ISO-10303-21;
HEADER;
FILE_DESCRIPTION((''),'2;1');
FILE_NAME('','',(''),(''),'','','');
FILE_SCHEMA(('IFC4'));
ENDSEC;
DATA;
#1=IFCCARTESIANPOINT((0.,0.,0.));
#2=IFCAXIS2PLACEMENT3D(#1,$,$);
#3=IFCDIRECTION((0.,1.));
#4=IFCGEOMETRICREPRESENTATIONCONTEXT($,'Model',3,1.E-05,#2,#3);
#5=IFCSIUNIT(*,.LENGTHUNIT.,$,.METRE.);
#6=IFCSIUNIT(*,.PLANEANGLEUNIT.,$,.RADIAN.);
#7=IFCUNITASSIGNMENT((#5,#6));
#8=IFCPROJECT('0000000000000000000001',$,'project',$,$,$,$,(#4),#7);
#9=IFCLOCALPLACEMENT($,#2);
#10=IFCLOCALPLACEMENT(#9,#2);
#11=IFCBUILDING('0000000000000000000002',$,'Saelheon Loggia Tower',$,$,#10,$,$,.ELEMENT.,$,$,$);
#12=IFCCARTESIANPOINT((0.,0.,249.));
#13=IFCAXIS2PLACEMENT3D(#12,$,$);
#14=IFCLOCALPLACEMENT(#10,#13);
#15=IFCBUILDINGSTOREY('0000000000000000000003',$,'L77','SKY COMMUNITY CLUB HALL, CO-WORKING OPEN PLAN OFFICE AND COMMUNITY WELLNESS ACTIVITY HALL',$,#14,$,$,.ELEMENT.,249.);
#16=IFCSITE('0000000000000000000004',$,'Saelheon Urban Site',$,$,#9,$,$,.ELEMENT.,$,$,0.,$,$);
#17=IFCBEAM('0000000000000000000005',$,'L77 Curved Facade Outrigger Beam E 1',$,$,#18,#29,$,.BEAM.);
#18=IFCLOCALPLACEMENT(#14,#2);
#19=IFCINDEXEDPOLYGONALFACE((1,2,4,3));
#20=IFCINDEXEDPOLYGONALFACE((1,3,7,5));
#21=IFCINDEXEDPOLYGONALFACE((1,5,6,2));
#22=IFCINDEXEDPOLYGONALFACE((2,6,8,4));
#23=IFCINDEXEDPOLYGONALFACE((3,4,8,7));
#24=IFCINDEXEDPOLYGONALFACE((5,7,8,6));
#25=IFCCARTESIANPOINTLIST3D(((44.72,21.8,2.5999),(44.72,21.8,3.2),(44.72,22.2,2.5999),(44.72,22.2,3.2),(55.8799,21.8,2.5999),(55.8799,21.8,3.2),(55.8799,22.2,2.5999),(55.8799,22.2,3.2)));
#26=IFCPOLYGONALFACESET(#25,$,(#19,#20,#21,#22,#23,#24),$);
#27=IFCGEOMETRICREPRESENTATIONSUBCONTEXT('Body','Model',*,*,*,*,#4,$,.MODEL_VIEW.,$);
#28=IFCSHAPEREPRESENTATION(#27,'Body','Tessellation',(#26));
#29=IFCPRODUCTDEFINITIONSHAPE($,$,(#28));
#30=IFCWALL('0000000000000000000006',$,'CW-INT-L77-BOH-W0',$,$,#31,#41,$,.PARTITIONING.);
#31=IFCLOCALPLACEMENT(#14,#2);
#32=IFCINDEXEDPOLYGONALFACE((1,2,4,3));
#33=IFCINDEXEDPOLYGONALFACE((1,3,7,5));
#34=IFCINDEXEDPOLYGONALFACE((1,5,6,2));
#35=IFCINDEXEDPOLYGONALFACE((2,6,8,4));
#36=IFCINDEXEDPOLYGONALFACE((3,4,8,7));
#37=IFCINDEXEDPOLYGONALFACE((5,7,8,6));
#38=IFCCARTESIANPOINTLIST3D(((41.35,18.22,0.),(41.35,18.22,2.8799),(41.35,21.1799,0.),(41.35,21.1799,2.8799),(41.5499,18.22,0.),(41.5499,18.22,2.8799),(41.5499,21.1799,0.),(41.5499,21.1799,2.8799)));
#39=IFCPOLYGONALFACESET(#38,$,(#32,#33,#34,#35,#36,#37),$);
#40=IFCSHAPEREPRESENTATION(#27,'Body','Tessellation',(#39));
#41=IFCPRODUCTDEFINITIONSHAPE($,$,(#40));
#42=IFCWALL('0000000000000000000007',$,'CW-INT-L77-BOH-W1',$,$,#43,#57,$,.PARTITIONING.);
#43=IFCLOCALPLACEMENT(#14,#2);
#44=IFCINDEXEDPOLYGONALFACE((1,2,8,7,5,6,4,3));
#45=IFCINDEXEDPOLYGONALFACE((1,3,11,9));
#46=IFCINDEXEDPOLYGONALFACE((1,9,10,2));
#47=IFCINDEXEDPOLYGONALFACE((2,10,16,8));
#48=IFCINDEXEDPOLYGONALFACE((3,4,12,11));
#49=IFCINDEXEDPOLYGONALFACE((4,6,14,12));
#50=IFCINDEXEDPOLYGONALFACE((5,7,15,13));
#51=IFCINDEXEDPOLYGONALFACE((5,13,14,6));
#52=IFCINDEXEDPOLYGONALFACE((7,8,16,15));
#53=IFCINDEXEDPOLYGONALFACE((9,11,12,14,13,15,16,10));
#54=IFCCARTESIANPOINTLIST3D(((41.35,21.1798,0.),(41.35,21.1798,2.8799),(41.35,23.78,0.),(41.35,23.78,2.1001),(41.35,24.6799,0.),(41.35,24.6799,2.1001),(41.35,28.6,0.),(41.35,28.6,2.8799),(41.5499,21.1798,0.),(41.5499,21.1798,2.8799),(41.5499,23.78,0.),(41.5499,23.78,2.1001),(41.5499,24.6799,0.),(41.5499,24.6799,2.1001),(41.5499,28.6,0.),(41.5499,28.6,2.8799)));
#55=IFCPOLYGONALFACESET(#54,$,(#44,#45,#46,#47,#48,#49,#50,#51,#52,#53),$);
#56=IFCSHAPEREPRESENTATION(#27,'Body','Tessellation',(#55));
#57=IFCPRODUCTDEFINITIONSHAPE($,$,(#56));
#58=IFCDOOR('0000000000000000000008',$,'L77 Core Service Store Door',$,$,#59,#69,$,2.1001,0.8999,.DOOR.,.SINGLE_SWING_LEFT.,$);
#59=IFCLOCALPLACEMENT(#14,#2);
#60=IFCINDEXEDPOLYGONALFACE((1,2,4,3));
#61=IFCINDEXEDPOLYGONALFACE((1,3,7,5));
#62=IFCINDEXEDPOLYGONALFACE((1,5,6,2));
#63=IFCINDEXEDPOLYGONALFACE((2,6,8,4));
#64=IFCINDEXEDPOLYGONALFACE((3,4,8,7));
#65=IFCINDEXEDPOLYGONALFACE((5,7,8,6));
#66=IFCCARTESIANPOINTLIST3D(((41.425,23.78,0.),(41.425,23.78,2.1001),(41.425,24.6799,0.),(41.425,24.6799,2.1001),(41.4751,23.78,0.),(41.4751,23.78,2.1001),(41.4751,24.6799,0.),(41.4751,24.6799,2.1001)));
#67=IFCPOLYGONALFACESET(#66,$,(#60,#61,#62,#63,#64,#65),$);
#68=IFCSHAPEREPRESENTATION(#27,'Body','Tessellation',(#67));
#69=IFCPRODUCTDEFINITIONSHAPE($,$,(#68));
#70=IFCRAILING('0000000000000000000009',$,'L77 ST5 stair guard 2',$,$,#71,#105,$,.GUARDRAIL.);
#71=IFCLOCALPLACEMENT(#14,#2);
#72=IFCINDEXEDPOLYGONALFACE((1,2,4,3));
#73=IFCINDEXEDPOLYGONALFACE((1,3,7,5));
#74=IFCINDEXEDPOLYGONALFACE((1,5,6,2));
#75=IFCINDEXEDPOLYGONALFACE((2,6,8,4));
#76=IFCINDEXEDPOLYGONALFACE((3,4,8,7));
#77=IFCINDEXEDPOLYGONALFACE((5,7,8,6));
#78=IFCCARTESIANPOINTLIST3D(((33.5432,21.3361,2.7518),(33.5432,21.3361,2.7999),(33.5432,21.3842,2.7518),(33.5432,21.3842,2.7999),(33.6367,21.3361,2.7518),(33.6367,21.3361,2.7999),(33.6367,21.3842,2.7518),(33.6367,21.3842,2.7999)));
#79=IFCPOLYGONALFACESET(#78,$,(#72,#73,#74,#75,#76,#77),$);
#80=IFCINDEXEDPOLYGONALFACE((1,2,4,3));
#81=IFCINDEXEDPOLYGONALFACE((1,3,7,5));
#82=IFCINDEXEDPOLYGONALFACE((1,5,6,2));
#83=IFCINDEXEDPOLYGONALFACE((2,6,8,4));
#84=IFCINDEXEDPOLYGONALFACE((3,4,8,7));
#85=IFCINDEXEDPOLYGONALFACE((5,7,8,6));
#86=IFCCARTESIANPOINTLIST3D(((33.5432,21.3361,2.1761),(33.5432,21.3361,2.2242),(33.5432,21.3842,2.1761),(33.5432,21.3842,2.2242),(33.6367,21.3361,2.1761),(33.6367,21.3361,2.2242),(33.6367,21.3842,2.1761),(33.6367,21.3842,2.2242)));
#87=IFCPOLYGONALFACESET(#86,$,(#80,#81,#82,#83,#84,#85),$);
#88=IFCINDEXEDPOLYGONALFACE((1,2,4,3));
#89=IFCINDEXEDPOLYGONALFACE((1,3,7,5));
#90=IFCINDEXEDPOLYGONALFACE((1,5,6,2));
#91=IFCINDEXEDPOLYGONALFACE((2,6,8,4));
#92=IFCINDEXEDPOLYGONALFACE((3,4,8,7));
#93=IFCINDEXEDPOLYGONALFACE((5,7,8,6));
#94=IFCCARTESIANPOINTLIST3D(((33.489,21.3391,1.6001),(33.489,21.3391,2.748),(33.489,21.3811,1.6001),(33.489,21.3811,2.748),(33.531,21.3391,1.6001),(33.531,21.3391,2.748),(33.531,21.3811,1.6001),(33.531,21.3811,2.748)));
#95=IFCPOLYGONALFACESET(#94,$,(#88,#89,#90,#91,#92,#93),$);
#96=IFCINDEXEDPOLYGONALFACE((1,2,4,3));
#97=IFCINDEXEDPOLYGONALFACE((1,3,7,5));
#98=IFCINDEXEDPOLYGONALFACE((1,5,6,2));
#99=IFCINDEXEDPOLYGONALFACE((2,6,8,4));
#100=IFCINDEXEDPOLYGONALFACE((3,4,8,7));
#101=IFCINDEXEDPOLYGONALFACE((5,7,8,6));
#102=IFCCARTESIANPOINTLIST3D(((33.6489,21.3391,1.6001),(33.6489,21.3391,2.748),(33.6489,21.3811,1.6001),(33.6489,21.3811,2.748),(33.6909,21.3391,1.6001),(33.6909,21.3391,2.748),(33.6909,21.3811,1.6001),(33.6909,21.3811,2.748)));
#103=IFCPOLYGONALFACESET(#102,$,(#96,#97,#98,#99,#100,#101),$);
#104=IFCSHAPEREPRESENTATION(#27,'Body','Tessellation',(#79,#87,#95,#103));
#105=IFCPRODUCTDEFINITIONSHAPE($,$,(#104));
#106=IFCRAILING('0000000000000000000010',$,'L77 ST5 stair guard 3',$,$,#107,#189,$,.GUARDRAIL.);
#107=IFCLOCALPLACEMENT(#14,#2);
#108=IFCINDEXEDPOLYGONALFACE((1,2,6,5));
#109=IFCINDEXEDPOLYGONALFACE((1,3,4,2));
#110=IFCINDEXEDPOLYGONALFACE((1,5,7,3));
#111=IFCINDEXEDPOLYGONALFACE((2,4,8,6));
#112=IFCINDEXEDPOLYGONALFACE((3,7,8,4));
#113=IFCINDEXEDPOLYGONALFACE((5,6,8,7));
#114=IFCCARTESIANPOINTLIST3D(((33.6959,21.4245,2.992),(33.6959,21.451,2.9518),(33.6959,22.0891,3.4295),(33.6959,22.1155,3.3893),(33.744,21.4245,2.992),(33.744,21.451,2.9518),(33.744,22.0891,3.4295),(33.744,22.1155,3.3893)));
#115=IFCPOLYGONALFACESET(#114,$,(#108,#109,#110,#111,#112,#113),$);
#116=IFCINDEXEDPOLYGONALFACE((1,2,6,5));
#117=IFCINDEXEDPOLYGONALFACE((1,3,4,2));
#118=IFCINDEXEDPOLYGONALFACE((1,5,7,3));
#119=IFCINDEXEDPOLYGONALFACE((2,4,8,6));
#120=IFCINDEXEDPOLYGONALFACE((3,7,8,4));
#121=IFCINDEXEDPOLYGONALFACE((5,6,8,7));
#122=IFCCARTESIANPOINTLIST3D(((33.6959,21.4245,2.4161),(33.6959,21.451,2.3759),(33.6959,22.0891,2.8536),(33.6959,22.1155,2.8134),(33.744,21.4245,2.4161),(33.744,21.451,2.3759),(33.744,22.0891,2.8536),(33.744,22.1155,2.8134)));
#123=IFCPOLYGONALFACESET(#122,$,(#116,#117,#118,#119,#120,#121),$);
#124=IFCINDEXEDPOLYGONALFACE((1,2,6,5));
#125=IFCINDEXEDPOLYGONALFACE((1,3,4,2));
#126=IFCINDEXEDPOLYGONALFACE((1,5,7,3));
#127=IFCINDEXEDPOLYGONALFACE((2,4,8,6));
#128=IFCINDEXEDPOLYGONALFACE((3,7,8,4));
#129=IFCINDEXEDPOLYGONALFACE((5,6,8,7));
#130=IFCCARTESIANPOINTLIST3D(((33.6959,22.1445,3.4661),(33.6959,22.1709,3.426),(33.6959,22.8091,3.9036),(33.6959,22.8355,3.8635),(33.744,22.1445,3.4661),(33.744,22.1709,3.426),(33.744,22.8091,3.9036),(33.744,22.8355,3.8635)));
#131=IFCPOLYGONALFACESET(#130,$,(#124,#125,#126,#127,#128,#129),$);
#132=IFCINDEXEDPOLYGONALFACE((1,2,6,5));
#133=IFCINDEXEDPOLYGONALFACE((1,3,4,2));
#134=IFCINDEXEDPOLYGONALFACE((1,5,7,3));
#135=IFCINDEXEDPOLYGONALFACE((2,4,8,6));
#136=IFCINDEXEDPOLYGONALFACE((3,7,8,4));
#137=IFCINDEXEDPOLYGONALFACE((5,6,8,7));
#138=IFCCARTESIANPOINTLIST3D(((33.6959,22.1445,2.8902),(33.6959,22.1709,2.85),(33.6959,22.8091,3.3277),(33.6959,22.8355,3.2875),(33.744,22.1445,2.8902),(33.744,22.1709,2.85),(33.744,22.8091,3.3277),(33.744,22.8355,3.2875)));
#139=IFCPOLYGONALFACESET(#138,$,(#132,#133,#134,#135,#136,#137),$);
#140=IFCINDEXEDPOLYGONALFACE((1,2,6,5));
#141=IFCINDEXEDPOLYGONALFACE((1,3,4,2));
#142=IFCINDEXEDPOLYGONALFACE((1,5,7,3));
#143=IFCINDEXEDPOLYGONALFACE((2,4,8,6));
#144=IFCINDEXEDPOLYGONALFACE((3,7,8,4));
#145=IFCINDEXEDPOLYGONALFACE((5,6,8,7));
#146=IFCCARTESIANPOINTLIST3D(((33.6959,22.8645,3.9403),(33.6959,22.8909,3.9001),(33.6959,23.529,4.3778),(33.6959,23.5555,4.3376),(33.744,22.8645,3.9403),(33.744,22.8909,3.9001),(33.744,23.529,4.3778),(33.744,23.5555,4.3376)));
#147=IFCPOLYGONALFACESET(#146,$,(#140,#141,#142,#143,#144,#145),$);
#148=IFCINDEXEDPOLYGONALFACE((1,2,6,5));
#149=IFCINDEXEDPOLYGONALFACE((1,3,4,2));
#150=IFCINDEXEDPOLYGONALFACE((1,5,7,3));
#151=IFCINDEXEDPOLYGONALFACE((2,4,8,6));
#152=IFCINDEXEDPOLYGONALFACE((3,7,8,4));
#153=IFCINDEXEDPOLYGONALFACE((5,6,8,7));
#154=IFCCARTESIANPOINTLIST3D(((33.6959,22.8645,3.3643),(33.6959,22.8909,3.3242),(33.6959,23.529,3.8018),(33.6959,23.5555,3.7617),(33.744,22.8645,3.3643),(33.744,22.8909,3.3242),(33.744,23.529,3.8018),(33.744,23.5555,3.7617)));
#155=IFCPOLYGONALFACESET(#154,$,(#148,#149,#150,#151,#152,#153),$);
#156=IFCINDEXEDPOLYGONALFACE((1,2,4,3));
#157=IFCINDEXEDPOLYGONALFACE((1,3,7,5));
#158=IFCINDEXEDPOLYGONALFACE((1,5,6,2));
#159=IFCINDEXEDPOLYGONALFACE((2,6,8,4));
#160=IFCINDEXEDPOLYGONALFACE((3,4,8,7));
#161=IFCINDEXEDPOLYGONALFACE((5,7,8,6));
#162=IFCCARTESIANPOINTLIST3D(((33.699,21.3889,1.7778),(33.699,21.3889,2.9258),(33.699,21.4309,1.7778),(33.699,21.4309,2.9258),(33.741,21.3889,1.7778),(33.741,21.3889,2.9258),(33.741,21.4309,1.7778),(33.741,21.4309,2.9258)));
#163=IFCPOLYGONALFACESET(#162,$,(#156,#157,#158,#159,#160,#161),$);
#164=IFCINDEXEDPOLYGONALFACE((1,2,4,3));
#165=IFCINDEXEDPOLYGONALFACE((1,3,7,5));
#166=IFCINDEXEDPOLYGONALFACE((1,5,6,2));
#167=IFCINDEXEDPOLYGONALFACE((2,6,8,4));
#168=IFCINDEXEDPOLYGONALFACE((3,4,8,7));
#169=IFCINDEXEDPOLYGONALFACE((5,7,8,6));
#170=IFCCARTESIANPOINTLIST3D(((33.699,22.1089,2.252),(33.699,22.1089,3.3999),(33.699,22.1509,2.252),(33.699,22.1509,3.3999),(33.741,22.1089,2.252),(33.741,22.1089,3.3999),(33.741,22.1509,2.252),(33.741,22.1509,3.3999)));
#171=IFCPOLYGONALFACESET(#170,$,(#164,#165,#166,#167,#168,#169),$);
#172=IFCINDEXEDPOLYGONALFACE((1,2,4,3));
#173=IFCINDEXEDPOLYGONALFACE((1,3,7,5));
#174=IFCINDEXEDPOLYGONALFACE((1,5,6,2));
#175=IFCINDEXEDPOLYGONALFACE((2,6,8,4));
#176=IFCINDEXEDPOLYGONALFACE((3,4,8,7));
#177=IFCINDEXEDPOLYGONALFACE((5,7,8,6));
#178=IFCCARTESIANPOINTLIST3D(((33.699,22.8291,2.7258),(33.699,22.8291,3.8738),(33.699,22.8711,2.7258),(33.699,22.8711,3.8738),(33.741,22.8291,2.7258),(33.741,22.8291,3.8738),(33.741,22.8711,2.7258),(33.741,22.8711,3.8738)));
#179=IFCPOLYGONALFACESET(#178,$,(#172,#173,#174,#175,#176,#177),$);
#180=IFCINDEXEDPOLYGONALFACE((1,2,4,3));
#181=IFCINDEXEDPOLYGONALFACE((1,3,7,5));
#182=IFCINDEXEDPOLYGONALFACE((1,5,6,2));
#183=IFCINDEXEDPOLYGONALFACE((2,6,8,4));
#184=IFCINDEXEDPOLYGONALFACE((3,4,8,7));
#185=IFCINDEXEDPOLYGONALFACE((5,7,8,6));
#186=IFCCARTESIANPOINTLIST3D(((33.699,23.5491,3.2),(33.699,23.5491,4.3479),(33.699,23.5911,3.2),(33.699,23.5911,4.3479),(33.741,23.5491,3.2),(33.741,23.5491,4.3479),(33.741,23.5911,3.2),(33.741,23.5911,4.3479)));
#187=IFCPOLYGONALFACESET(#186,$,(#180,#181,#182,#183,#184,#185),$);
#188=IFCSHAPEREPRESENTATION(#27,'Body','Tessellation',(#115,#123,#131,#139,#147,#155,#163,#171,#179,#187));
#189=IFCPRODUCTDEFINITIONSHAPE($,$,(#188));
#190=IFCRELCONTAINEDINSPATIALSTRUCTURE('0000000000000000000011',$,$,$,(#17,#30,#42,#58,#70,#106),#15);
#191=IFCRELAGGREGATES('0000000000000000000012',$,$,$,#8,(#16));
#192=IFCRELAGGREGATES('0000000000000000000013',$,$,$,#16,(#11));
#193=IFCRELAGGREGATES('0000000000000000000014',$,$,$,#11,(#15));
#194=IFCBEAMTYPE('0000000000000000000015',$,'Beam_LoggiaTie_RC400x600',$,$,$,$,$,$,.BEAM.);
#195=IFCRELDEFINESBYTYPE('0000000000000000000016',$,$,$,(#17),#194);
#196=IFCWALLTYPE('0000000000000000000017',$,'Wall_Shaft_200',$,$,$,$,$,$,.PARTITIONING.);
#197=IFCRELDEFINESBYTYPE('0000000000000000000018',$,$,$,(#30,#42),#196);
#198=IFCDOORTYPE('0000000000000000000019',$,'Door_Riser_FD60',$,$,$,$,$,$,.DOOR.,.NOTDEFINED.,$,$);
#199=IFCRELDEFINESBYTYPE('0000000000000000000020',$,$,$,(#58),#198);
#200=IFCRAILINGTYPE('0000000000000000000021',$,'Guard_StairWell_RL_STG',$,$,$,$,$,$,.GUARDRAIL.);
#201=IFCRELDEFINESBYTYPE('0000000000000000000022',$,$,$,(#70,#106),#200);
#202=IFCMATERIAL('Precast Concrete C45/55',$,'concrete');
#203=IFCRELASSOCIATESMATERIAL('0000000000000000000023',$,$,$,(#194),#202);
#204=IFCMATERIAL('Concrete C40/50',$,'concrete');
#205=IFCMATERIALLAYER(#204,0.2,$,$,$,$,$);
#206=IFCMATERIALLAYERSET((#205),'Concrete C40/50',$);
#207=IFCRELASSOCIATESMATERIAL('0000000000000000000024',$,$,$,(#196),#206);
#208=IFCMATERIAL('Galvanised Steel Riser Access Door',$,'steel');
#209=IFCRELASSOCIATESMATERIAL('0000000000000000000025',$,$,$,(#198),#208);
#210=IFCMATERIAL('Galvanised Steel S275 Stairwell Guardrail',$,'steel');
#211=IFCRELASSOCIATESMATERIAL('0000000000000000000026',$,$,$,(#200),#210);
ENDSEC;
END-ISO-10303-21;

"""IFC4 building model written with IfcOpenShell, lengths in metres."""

from ifc_helpers import new_model, si_unit, direction, frame, frame_2d, origin, origin_2d, place, context, subcontext, project, spatial, rectangle, extrude, source, transform, mapped, material, layer, layer_set, material_profile, profile_set, type_object, element, fill, save


model = new_model("IFC4")

# Units and contexts
model_context = context("Model", 3, precision=1e-05, world=origin(), true_north=direction((0.0, 1.0)))
body_context = subcontext(model_context, "Body", "Model", "MODEL_VIEW")
ifc_project = project(units=[si_unit("LENGTHUNIT", "METRE"), si_unit("PLANEANGLEUNIT", "RADIAN")], contexts=[model_context])

# Site, building, storey
site_placement = place(None, origin())
site = spatial("IfcSite", under=ifc_project, at=site_placement, Name="Saelheon Urban Site", CompositionType="ELEMENT", RefElevation=0.0)
building_placement = place(site_placement, origin())
building = spatial("IfcBuilding", under=site, at=building_placement, Name="Saelheon Loggia Tower", CompositionType="ELEMENT")
storey_placement = place(building_placement, frame((0.0, 0.0, 249.0)))
storey = spatial("IfcBuildingStorey", under=building, at=storey_placement, Name="L77", Description="SKY COMMUNITY CLUB HALL, CO-WORKING OPEN PLAN OFFICE AND COMMUNITY WELLNESS ACTIVITY HALL", CompositionType="ELEMENT", Elevation=249.0)

# Beam
ifc_material_1 = material(Name="Precast Concrete C45/55", Category="concrete")
ifc_material_profile = material_profile(ifc_material_1, rectangle(XDim=0.3999, YDim=0.6001, at=origin_2d()), Name="RC-400x600")
ifc_profile_set = profile_set([ifc_material_profile], Name="Precast Concrete C45/55")
beam_type = type_object("IfcBeamType", Name="Beam_LoggiaTie_RC400x600", PredefinedType="BEAM", material=ifc_profile_set)
shared_shape_1 = source(origin(), body_context, "Body", "SweptSolid", [
    extrude(rectangle(XDim=0.3999, YDim=0.6001, at=origin_2d()), origin(), (0.0, 0.0, 1.0), 11.1599),
])
beam_placement = place(storey_placement, frame((44.72, 22.0, 2.8999), z_axis=(1.0, 0.0, 0.0), x_axis=(0.0, 1.0, 0.0)))
element("IfcBeam", 1, at=beam_placement, inside=storey, type_object=beam_type, Name="L77 Curved Facade Outrigger Beam E 1", PredefinedType="BEAM", context=body_context, shape_type="MappedRepresentation", body=[
    mapped(shared_shape_1, transform((0.0, 0.0, 0.0), scale=1.0)),
])

# Wall
ifc_material_2 = material(Name="Concrete C40/50", Category="concrete")
ifc_layer_1 = layer(ifc_material_2, 0.2)
ifc_layer_set_1 = layer_set([ifc_layer_1], Name="Concrete C40/50")
wall_type_1 = type_object("IfcWallType", Name="Wall_Shaft_200", PredefinedType="PARTITIONING", material=ifc_layer_set_1)
wall_1_placement = place(storey_placement, frame((41.45, 18.22, 0.0), z_axis=(0.0, 0.0, 1.0), x_axis=(0.0, 1.0, 0.0)))
element("IfcWall", 2, at=wall_1_placement, inside=storey, type_object=wall_type_1, Name="CW-INT-L77-BOH-W0", PredefinedType="PARTITIONING", context=body_context, shape_type="SweptSolid", body=[
    extrude(rectangle(XDim=2.96, YDim=0.2, at=frame_2d((1.48, 0.0))), origin(), (0.0, 0.0, 1.0), 2.8799),
])

# Wall, opening, door
wall_2_placement = place(storey_placement, frame((41.45, 21.1799, 0.0), z_axis=(0.0, 0.0, 1.0), x_axis=(0.0, 1.0, 0.0)))
wall_2 = element("IfcWall", 3, at=wall_2_placement, inside=storey, type_object=wall_type_1, Name="CW-INT-L77-BOH-W1", PredefinedType="PARTITIONING", context=body_context, shape_type="SweptSolid", body=[
    extrude(rectangle(XDim=7.4202, YDim=0.2, at=frame_2d((3.71, 0.0))), origin(), (0.0, 0.0, 1.0), 2.8799),
])
opening_1_placement = place(wall_2_placement, frame((2.6001, 0.0, 0.0)))
opening_1 = element("IfcOpeningElement", 4, at=opening_1_placement, cuts=wall_2, PredefinedType="OPENING", context=body_context, shape_type="SweptSolid", body=[
    extrude(rectangle(XDim=0.8999, YDim=2.1001, at=frame_2d((0.45, 1.05))), frame((0.0, 0.1121, 0.0), z_axis=(0.0, -1.0, 0.0), x_axis=(1.0, 0.0, 0.0)), (0.0, 0.0, 1.0), 0.2239),
])
ifc_material_3 = material(Name="Galvanised Steel Riser Access Door", Category="steel")
door_type_1 = type_object("IfcDoorType", Name="Door_Riser_FD60", OperationType="NOTDEFINED", PredefinedType="DOOR", material=ifc_material_3)
shared_shape_2 = source(origin(), body_context, "Body", "SweptSolid", [
    extrude(rectangle(XDim=0.8999, YDim=2.1001, at=frame_2d((0.45, 1.05))), frame((0.0, 0.0249, 0.0), z_axis=(0.0, -1.0, 0.0), x_axis=(1.0, 0.0, 0.0)), (0.0, 0.0, 1.0), 0.05),
])
door_1_placement = place(opening_1_placement, origin())
door_1 = element("IfcDoor", 5, at=door_1_placement, inside=storey, type_object=door_type_1, Name="L77 Core Service Store Door", OperationType="SINGLE_SWING_LEFT", OverallHeight=2.1001, OverallWidth=0.8999, PredefinedType="DOOR", context=body_context, shape_type="MappedRepresentation", body=[
    mapped(shared_shape_2, transform((0.0, 0.0, 0.0), scale=1.0)),
])
fill(opening_1, door_1)

# Railings
ifc_material_4 = material(Name="Galvanised Steel S275 Stairwell Guardrail", Category="steel")
railing_type_1 = type_object("IfcRailingType", Name="Guard_StairWell_RL_STG", PredefinedType="GUARDRAIL", material=ifc_material_4)
railing_1_placement = place(storey_placement, frame((33.51, 21.3601, 1.6001)))
element("IfcRailing", 6, at=railing_1_placement, inside=storey, type_object=railing_type_1, Name="L77 ST5 stair guard 2", PredefinedType="GUARDRAIL", context=body_context, shape_type="SweptSolid", body=[
    extrude(rectangle(XDim=0.0481, YDim=0.0481, at=origin_2d()), frame((0.0332, 0.0, 1.1758), z_axis=(1.0, 0.0, 0.0), x_axis=(0.0, 1.0, 0.0)), (0.0, 0.0, 1.0), 0.0935),
    extrude(rectangle(XDim=0.0481, YDim=0.0481, at=origin_2d()), frame((0.0332, 0.0, 0.6001), z_axis=(1.0, 0.0, 0.0), x_axis=(0.0, 1.0, 0.0)), (0.0, 0.0, 1.0), 0.0935),
    extrude(rectangle(XDim=0.042, YDim=0.042, at=origin_2d()), origin(), (0.0, 0.0, 1.0), 1.1479),
    extrude(rectangle(XDim=0.042, YDim=0.042, at=origin_2d()), frame((0.1599, 0.0, 0.0)), (0.0, 0.0, 1.0), 1.1479),
])
railing_2_placement = place(storey_placement, frame((33.72, 21.4099, 1.7778)))
element("IfcRailing", 7, at=railing_2_placement, inside=storey, type_object=railing_type_1, Name="L77 ST5 stair guard 3", PredefinedType="GUARDRAIL", context=body_context, shape_type="SweptSolid", body=[
    extrude(rectangle(XDim=0.0481, YDim=0.0481, at=origin_2d()), frame((0.0, 0.0278, 1.1941), z_axis=(0.0, 0.835246, 0.549877), x_axis=(-1.0, 0.0, 0.0)), (0.0, 0.0, 1.0), 0.7957),
    extrude(rectangle(XDim=0.0481, YDim=0.0481, at=origin_2d()), frame((0.0, 0.0278, 0.6182), z_axis=(0.0, 0.835246, 0.549877), x_axis=(-1.0, 0.0, 0.0)), (0.0, 0.0, 1.0), 0.7957),
    extrude(rectangle(XDim=0.0481, YDim=0.0481, at=origin_2d()), frame((0.0, 0.7478, 1.6682), z_axis=(0.0, 0.835246, 0.549877), x_axis=(-1.0, 0.0, 0.0)), (0.0, 0.0, 1.0), 0.7957),
    extrude(rectangle(XDim=0.0481, YDim=0.0481, at=origin_2d()), frame((0.0, 0.7478, 1.0923), z_axis=(0.0, 0.835246, 0.549877), x_axis=(-1.0, 0.0, 0.0)), (0.0, 0.0, 1.0), 0.7957),
    extrude(rectangle(XDim=0.0481, YDim=0.0481, at=origin_2d()), frame((0.0, 1.4678, 2.1423), z_axis=(0.0, 0.835246, 0.549877), x_axis=(-1.0, 0.0, 0.0)), (0.0, 0.0, 1.0), 0.7957),
    extrude(rectangle(XDim=0.0481, YDim=0.0481, at=origin_2d()), frame((0.0, 1.4678, 1.5664), z_axis=(0.0, 0.835246, 0.549877), x_axis=(-1.0, 0.0, 0.0)), (0.0, 0.0, 1.0), 0.7957),
    extrude(rectangle(XDim=0.042, YDim=0.042, at=origin_2d()), origin(), (0.0, 0.0, 1.0), 1.1479),
    extrude(rectangle(XDim=0.042, YDim=0.042, at=origin_2d()), frame((0.0, 0.72, 0.4741)), (0.0, 0.0, 1.0), 1.1479),
    extrude(rectangle(XDim=0.042, YDim=0.042, at=origin_2d()), frame((0.0, 1.4402, 0.948)), (0.0, 0.0, 1.0), 1.1479),
    extrude(rectangle(XDim=0.042, YDim=0.042, at=origin_2d()), frame((0.0, 2.1602, 1.4221)), (0.0, 0.0, 1.0), 1.1479),
])

save(model, "model.ifc")
